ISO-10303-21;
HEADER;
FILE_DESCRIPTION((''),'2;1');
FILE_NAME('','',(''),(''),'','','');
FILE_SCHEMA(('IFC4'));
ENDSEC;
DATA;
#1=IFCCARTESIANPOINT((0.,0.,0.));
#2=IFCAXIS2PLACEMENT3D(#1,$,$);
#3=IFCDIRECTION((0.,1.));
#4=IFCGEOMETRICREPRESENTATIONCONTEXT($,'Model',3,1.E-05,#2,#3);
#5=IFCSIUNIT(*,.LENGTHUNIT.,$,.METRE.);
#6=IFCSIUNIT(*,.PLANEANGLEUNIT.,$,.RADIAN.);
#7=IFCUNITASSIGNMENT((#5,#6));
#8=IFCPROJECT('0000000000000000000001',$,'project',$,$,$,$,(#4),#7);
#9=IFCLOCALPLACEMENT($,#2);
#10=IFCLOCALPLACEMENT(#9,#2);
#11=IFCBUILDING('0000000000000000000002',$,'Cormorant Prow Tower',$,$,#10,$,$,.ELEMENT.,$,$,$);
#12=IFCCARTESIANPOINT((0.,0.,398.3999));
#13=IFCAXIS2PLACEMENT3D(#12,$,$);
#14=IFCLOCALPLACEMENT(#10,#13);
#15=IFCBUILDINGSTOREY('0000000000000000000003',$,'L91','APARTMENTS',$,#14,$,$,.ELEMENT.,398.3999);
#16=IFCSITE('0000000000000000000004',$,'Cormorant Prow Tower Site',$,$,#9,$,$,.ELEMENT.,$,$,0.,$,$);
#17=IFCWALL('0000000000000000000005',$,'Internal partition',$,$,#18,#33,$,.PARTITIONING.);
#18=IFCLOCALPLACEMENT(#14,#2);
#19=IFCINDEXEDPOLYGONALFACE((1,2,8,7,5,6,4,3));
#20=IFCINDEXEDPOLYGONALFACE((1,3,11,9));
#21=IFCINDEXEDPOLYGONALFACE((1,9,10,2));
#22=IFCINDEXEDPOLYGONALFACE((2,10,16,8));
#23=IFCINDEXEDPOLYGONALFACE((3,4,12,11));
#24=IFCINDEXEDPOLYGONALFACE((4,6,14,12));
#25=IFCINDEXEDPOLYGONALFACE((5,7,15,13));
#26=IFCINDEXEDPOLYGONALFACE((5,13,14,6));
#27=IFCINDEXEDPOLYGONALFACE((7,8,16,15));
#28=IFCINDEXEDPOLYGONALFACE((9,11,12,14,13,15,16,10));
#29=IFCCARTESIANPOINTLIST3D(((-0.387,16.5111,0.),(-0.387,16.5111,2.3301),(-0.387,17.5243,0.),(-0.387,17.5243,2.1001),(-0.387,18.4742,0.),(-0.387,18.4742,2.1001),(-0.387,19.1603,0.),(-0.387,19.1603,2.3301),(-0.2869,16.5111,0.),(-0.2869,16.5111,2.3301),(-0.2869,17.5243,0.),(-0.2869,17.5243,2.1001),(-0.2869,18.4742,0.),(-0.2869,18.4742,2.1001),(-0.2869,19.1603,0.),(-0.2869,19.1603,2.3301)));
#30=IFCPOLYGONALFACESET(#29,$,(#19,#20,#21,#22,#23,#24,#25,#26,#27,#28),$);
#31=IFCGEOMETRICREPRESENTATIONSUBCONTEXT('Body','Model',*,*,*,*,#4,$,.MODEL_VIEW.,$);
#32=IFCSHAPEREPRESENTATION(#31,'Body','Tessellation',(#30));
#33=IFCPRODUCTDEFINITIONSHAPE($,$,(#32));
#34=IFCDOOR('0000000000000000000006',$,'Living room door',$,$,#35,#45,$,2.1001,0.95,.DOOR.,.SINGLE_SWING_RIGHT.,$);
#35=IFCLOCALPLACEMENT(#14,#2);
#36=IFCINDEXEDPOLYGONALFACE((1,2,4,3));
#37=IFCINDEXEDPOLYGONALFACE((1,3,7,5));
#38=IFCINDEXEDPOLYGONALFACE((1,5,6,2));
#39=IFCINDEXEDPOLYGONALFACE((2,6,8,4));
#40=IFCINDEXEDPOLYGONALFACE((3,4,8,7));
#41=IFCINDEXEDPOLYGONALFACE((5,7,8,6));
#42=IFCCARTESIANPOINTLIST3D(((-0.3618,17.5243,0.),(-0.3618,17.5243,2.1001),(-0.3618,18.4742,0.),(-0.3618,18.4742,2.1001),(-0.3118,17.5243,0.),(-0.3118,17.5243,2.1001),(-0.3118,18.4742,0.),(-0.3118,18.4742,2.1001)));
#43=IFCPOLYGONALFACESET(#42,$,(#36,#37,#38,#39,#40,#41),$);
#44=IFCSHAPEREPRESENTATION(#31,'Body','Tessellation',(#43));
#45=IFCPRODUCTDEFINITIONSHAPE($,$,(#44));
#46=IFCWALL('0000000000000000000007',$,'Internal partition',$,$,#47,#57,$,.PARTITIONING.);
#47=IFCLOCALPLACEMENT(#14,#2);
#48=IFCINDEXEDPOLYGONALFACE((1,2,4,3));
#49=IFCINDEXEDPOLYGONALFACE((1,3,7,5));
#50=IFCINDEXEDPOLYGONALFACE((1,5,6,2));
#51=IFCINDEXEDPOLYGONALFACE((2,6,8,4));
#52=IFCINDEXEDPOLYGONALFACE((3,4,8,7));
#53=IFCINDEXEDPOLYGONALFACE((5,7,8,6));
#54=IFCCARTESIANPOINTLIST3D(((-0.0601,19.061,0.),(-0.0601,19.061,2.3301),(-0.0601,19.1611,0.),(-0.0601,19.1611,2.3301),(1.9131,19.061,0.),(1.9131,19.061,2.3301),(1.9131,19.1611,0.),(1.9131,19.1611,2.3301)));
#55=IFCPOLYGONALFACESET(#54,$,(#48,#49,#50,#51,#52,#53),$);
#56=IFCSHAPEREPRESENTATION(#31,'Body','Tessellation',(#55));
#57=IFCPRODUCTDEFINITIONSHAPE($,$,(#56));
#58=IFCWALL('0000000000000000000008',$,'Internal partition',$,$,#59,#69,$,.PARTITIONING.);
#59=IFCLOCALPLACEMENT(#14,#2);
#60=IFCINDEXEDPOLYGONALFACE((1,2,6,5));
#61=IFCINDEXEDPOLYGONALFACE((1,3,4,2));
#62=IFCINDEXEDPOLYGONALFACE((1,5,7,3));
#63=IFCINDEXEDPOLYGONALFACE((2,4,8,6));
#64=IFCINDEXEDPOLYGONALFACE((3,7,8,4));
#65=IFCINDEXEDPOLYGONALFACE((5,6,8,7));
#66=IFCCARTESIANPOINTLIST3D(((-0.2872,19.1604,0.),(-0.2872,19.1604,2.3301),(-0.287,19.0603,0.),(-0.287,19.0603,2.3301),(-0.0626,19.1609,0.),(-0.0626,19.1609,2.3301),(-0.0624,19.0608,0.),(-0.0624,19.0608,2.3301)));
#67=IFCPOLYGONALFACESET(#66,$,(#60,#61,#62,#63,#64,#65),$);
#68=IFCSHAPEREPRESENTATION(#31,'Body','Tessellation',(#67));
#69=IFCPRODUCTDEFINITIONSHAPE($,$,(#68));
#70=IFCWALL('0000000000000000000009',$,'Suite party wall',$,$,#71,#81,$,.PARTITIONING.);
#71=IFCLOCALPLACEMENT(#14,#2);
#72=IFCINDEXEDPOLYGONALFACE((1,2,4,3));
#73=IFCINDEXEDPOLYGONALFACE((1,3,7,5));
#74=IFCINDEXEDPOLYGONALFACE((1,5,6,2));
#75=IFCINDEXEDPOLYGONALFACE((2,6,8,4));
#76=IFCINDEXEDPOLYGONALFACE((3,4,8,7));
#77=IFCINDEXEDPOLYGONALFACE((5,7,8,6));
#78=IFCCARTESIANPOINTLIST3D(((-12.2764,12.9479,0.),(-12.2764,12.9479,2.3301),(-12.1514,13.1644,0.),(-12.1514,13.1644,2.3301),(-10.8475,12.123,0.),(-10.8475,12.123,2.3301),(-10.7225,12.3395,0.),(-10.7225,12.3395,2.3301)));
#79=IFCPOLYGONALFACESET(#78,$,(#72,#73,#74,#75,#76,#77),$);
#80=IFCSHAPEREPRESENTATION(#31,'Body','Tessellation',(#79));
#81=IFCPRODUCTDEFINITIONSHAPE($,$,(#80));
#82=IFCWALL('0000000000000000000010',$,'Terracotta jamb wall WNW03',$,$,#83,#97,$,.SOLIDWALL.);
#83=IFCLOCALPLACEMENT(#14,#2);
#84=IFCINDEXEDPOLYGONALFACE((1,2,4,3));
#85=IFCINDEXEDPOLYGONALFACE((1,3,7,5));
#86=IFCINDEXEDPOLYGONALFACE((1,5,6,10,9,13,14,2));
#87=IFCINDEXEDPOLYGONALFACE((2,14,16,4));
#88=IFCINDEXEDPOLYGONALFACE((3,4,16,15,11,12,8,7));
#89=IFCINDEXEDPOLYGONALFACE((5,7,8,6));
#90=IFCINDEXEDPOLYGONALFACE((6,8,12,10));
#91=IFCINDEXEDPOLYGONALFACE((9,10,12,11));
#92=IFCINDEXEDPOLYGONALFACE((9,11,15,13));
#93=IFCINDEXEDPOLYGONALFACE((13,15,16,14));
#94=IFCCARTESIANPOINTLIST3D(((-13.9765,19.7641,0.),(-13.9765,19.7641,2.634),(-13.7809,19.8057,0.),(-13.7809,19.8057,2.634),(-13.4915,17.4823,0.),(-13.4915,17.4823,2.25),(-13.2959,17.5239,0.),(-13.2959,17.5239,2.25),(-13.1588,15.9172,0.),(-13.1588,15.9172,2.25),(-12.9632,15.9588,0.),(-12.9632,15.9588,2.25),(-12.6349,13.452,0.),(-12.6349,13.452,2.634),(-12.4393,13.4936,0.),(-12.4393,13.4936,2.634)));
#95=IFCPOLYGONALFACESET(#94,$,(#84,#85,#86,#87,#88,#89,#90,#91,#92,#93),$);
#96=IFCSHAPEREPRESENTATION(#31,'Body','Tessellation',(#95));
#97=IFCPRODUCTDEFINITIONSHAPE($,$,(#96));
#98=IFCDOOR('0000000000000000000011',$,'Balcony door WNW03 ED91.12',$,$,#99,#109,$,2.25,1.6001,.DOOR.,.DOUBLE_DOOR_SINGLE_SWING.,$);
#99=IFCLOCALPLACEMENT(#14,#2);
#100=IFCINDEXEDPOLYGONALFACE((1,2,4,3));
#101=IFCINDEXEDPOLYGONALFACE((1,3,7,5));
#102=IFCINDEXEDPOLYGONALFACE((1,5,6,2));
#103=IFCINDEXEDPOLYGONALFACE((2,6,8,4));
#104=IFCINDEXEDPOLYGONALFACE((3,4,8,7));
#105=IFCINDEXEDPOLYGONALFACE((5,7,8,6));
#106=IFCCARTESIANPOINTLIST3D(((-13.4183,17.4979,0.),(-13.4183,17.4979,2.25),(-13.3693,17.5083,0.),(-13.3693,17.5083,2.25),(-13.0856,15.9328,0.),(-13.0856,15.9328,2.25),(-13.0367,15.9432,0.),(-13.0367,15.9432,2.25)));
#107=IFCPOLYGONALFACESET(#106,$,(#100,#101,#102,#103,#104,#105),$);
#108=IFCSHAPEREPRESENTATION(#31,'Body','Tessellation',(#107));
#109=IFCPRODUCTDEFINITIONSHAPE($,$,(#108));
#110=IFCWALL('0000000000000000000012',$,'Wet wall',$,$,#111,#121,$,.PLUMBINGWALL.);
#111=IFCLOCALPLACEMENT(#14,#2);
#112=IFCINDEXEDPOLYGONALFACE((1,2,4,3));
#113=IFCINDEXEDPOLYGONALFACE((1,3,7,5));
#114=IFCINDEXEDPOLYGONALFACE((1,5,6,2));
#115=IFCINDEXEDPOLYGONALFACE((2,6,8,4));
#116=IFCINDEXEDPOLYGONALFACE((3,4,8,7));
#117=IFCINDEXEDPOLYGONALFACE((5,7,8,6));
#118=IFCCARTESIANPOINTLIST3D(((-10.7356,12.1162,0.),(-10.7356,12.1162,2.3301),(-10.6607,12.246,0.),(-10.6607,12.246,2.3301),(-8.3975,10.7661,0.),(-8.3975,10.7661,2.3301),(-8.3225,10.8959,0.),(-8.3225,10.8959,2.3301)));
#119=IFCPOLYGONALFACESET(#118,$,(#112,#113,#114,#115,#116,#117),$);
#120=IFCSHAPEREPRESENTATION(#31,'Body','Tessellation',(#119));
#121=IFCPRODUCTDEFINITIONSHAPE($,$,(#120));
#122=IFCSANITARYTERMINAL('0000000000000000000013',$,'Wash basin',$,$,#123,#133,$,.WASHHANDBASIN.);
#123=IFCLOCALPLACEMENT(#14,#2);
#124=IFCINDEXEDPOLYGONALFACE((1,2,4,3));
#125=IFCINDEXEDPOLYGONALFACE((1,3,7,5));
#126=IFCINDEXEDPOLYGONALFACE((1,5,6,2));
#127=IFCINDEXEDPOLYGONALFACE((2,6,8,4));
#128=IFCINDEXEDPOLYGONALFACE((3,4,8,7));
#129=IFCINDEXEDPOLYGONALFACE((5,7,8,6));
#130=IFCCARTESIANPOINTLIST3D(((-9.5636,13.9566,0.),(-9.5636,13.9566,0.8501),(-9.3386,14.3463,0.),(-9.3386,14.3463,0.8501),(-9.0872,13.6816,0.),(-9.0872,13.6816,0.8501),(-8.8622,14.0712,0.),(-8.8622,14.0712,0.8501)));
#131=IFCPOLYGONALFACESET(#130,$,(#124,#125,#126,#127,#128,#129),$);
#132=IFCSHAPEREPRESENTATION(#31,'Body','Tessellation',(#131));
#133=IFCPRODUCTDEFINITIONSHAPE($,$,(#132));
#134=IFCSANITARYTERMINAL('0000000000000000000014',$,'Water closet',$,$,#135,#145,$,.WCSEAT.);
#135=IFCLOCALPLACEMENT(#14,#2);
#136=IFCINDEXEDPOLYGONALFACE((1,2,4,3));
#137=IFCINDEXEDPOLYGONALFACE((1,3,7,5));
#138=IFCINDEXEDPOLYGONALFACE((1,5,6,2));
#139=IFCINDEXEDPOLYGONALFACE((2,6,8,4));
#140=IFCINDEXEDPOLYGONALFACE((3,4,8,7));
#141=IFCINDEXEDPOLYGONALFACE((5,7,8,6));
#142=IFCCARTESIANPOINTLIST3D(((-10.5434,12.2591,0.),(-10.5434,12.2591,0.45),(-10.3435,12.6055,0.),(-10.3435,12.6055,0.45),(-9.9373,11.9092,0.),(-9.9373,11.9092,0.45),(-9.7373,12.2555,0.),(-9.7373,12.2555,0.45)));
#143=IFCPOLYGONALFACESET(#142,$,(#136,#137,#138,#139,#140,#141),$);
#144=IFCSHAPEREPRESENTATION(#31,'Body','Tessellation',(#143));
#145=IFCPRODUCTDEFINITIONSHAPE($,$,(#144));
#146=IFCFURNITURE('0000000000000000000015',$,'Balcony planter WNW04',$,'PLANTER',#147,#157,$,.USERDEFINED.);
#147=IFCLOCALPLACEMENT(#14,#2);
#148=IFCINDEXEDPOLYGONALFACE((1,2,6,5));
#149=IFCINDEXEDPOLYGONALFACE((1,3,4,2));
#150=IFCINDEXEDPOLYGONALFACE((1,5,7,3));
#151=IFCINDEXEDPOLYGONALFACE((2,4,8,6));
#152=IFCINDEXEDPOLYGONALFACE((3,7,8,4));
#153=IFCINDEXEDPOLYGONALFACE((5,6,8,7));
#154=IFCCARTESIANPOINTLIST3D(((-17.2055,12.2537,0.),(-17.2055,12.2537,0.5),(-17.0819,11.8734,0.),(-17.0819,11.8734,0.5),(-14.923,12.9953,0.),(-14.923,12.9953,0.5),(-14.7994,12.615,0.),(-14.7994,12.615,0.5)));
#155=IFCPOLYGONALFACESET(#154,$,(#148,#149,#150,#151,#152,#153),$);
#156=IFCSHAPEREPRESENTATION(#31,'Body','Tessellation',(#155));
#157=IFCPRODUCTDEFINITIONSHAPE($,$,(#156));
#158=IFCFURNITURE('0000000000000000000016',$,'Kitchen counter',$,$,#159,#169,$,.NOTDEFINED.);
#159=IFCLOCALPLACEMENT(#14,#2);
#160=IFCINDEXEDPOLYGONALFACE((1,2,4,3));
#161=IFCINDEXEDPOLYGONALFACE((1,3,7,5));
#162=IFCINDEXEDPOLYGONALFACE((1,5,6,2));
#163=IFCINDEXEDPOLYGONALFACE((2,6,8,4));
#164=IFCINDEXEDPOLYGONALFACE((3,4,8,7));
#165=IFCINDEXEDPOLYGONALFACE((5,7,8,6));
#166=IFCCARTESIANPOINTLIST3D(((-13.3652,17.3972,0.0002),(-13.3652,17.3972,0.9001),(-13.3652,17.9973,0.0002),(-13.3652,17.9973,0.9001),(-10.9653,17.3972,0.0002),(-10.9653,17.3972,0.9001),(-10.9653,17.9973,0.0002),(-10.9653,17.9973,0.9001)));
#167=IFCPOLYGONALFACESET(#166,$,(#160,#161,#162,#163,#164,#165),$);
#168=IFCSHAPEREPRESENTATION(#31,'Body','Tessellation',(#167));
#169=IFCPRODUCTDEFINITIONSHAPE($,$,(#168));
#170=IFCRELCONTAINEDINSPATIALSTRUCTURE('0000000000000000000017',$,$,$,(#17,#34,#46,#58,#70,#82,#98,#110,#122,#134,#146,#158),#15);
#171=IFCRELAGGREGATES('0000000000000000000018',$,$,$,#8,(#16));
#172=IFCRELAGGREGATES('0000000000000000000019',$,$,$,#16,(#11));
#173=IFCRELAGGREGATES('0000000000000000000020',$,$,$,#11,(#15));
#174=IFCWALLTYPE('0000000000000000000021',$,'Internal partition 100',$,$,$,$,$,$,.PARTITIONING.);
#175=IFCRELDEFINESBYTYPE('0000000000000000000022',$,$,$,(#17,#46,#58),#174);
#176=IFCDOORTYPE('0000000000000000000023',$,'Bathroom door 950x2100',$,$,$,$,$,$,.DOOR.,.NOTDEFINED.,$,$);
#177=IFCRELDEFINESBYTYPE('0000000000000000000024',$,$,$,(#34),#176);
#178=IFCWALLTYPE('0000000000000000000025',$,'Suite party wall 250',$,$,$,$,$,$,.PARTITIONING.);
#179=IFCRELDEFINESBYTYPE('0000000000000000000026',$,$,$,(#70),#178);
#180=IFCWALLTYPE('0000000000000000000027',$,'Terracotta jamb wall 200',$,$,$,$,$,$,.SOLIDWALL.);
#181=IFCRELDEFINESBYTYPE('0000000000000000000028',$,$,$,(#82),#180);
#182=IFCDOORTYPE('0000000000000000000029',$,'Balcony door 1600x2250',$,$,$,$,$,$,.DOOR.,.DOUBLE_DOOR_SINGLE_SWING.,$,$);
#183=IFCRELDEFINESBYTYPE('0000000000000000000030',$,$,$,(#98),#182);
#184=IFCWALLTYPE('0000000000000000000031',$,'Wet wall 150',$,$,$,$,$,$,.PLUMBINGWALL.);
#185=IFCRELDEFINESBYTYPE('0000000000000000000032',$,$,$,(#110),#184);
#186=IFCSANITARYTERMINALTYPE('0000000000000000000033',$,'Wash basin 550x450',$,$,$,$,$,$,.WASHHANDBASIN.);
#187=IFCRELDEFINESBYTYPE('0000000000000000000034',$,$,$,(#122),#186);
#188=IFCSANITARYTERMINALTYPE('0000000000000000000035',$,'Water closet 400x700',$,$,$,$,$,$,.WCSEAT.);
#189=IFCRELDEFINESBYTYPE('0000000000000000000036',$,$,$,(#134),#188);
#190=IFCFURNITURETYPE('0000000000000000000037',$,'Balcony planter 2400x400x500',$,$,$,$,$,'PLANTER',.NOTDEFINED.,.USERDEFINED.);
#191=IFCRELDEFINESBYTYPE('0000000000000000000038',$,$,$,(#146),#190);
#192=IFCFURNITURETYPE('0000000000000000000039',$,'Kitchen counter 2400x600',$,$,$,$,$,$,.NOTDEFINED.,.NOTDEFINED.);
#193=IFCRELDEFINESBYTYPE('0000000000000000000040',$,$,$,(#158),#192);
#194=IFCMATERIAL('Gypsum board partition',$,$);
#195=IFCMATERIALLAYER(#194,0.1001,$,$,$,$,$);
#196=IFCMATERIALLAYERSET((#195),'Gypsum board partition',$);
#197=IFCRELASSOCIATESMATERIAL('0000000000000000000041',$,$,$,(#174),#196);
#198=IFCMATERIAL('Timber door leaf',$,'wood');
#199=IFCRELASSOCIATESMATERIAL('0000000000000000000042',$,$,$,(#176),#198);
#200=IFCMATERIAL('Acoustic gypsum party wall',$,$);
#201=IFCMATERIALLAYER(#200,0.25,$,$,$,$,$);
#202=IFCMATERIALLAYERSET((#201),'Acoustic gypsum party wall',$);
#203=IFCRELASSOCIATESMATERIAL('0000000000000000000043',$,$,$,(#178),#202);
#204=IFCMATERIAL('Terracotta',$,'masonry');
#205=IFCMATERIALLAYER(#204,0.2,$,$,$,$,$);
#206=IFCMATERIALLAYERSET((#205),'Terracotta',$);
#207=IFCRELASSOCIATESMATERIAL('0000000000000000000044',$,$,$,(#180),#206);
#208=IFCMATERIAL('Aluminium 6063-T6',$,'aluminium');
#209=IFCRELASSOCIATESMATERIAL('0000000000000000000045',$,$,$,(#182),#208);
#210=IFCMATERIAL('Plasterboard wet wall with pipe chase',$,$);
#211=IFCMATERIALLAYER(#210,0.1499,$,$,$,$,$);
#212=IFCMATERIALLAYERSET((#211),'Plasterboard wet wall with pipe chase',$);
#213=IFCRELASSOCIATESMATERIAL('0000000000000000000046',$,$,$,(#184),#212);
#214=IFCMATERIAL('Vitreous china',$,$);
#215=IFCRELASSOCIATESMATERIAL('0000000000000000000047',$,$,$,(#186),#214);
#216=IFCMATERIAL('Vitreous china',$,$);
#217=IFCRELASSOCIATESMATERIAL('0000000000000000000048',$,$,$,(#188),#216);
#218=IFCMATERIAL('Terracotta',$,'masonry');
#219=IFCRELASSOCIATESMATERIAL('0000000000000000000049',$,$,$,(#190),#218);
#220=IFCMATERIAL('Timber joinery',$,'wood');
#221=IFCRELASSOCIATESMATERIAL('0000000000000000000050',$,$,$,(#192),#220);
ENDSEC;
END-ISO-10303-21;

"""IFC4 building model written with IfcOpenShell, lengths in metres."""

from ifc_helpers import new_model, si_unit, direction, frame, frame_2d, origin, origin_2d, place, context, subcontext, project, spatial, rectangle, extrude, material, layer, layer_set, type_object, element, fill, save


model = new_model("IFC4")

# Units and contexts
model_context = context("Model", 3, precision=1e-05, world=origin(), true_north=direction((0.0, 1.0)))
body_context = subcontext(model_context, "Body", "Model", "MODEL_VIEW")
ifc_project = project(units=[si_unit("LENGTHUNIT", "METRE"), si_unit("PLANEANGLEUNIT", "RADIAN")], contexts=[model_context])

# Site, building, storey
site_placement = place(None, origin())
site = spatial("IfcSite", under=ifc_project, at=site_placement, Name="Cormorant Prow Tower Site", CompositionType="ELEMENT", RefElevation=0.0)
building_placement = place(site_placement, origin())
building = spatial("IfcBuilding", under=site, at=building_placement, Name="Cormorant Prow Tower", CompositionType="ELEMENT")
storey_placement = place(building_placement, frame((0.0, 0.0, 398.3999)))
storey = spatial("IfcBuildingStorey", under=building, at=storey_placement, Name="L91", Description="APARTMENTS", CompositionType="ELEMENT", Elevation=398.3999)

# Shared definitions
ifc_material_1 = material(Name="Gypsum board partition")
ifc_layer_1 = layer(ifc_material_1, 0.1001)
ifc_layer_set_1 = layer_set([ifc_layer_1], Name="Gypsum board partition")
wall_type_1 = type_object("IfcWallType", Name="Internal partition 100", PredefinedType="PARTITIONING", material=ifc_layer_set_1)
ifc_material_2 = material(Name="Timber door leaf", Category="wood")
door_type_1 = type_object("IfcDoorType", Name="Bathroom door 950x2100", OperationType="NOTDEFINED", PredefinedType="DOOR", material=ifc_material_2)

# Wall, opening, door
wall_1_placement = place(storey_placement, frame((-0.3369, 16.511, 0.0), z_axis=(0.0, 0.0, 1.0), x_axis=(0.0, 1.0, 0.0)))
wall_1 = element("IfcWall", 1, at=wall_1_placement, inside=storey, type_object=wall_type_1, Name="Internal partition", PredefinedType="PARTITIONING", context=body_context, shape_type="SweptSolid", body=[
    extrude(rectangle(XDim=2.6492, YDim=0.1001, at=frame_2d((1.3247, 0.0))), origin(), (0.0, 0.0, 1.0), 2.3301),
])
opening_1_placement = place(wall_1_placement, frame((1.0132, 0.0, 0.0)))
opening_1 = element("IfcOpeningElement", 2, at=opening_1_placement, cuts=wall_1, PredefinedType="OPENING", context=body_context, shape_type="SweptSolid", body=[
    extrude(rectangle(XDim=0.95, YDim=2.1001, at=frame_2d((0.4751, 1.05))), frame((0.0, 0.0601, 0.0), z_axis=(0.0, -1.0, 0.0), x_axis=(1.0, 0.0, 0.0)), (0.0, 0.0, 1.0), 0.1201),
])
door_1_placement = place(opening_1_placement, origin())
door_1 = element("IfcDoor", 3, at=door_1_placement, inside=storey, type_object=door_type_1, Name="Living room door", OperationType="SINGLE_SWING_RIGHT", OverallHeight=2.1001, OverallWidth=0.95, PredefinedType="DOOR", context=body_context, shape_type="SweptSolid", body=[
    extrude(rectangle(XDim=0.95, YDim=2.1001, at=frame_2d((0.4751, 1.05))), frame((0.0, 0.0249, 0.0), z_axis=(0.0, -1.0, 0.0), x_axis=(1.0, 0.0, 0.0)), (0.0, 0.0, 1.0), 0.05),
])
fill(opening_1, door_1)

# Walls
wall_2_placement = place(storey_placement, frame((-0.0601, 19.1111, 0.0), z_axis=(0.0, 0.0, 1.0), x_axis=(1.0, 0.0, 0.0)))
element("IfcWall", 4, at=wall_2_placement, inside=storey, type_object=wall_type_1, Name="Internal partition", PredefinedType="PARTITIONING", context=body_context, shape_type="SweptSolid", body=[
    extrude(rectangle(XDim=1.9731, YDim=0.1001, at=frame_2d((0.9866, 0.0))), origin(), (0.0, 0.0, 1.0), 2.3301),
])
wall_3_placement = place(storey_placement, frame((-0.2871, 19.1104, 0.0), z_axis=(0.0, 0.0, 1.0), x_axis=(0.999998, 0.002174, 0.0)))
element("IfcWall", 5, at=wall_3_placement, inside=storey, type_object=wall_type_1, Name="Internal partition", PredefinedType="PARTITIONING", context=body_context, shape_type="SweptSolid", body=[
    extrude(rectangle(XDim=0.2246, YDim=0.1001, at=frame_2d((0.1123, 0.0))), origin(), (0.0, 0.0, 1.0), 2.3301),
])
ifc_material_3 = material(Name="Acoustic gypsum party wall")
ifc_layer_2 = layer(ifc_material_3, 0.25)
ifc_layer_set_2 = layer_set([ifc_layer_2], Name="Acoustic gypsum party wall")
wall_type_2 = type_object("IfcWallType", Name="Suite party wall 250", PredefinedType="PARTITIONING", material=ifc_layer_set_2)
wall_4_placement = place(storey_placement, frame((-12.2139, 13.0562, 0.0), z_axis=(0.0, 0.0, 1.0), x_axis=(0.86604, -0.499974, 0.0)))
element("IfcWall", 6, at=wall_4_placement, inside=storey, type_object=wall_type_2, Name="Suite party wall", PredefinedType="PARTITIONING", context=body_context, shape_type="SweptSolid", body=[
    extrude(rectangle(XDim=1.6499, YDim=0.25, at=frame_2d((0.825, 0.0))), origin(), (0.0, 0.0, 1.0), 2.3301),
])

# Wall, opening, door
ifc_material_4 = material(Name="Terracotta", Category="masonry")
ifc_layer_3 = layer(ifc_material_4, 0.2)
ifc_layer_set_3 = layer_set([ifc_layer_3], Name="Terracotta")
wall_type_3 = type_object("IfcWallType", Name="Terracotta jamb wall 200", PredefinedType="SOLIDWALL", material=ifc_layer_set_3)
wall_5_placement = place(storey_placement, frame((-13.8787, 19.7849, 0.0), z_axis=(0.0, 0.0, 1.0), x_axis=(0.207896, -0.978151, 0.0)))
wall_5 = element("IfcWall", 7, at=wall_5_placement, inside=storey, type_object=wall_type_3, Name="Terracotta jamb wall WNW03", PredefinedType="SOLIDWALL", context=body_context, shape_type="SweptSolid", body=[
    extrude(rectangle(XDim=6.4531, YDim=0.2, at=frame_2d((3.2266, 0.0))), origin(), (0.0, 0.0, 1.0), 2.634),
])
opening_2_placement = place(wall_5_placement, frame((2.3328, 0.0, 0.0)))
opening_2 = element("IfcOpeningElement", 8, at=opening_2_placement, cuts=wall_5, PredefinedType="OPENING", context=body_context, shape_type="SweptSolid", body=[
    extrude(rectangle(XDim=1.6001, YDim=2.25, at=frame_2d((0.8, 1.125))), frame((0.0, 0.1099, 0.0), z_axis=(0.0, -1.0, 0.0), x_axis=(1.0, 0.0, 0.0)), (0.0, 0.0, 1.0), 0.22),
])
ifc_material_5 = material(Name="Aluminium 6063-T6", Category="aluminium")
door_type_2 = type_object("IfcDoorType", Name="Balcony door 1600x2250", OperationType="DOUBLE_DOOR_SINGLE_SWING", PredefinedType="DOOR", material=ifc_material_5)
door_2_placement = place(opening_2_placement, origin())
door_2 = element("IfcDoor", 9, at=door_2_placement, inside=storey, type_object=door_type_2, Name="Balcony door WNW03 ED91.12", OperationType="DOUBLE_DOOR_SINGLE_SWING", OverallHeight=2.25, OverallWidth=1.6001, PredefinedType="DOOR", context=body_context, shape_type="SweptSolid", body=[
    extrude(rectangle(XDim=1.6001, YDim=2.25, at=frame_2d((0.8, 1.125))), frame((0.0, 0.0249, 0.0), z_axis=(0.0, -1.0, 0.0), x_axis=(1.0, 0.0, 0.0)), (0.0, 0.0, 1.0), 0.05),
])
fill(opening_2, door_2)

# Wall
ifc_material_6 = material(Name="Plasterboard wet wall with pipe chase")
ifc_layer_4 = layer(ifc_material_6, 0.1499)
ifc_layer_set_4 = layer_set([ifc_layer_4], Name="Plasterboard wet wall with pipe chase")
wall_type_4 = type_object("IfcWallType", Name="Wet wall 150", PredefinedType="PLUMBINGWALL", material=ifc_layer_set_4)
wall_6_placement = place(storey_placement, frame((-10.6982, 12.1812, 0.0), z_axis=(0.0, 0.0, 1.0), x_axis=(0.865997, -0.500049, 0.0)))
element("IfcWall", 10, at=wall_6_placement, inside=storey, type_object=wall_type_4, Name="Wet wall", PredefinedType="PLUMBINGWALL", context=body_context, shape_type="SweptSolid", body=[
    extrude(rectangle(XDim=2.7, YDim=0.1499, at=frame_2d((1.3501, 0.0))), origin(), (0.0, 0.0, 1.0), 2.3301),
])

# Sanitary terminals
ifc_material_7 = material(Name="Vitreous china")
sanitary_terminal_type_1 = type_object("IfcSanitaryTerminalType", Name="Wash basin 550x450", PredefinedType="WASHHANDBASIN", material=ifc_material_7)
sanitary_terminal_1_placement = place(storey_placement, frame((-9.2129, 14.0139, 0.0), z_axis=(0.0, 0.0, 1.0), x_axis=(0.866025, -0.5, 0.0)))
element("IfcSanitaryTerminal", 11, at=sanitary_terminal_1_placement, inside=storey, type_object=sanitary_terminal_type_1, Name="Wash basin", PredefinedType="WASHHANDBASIN", context=body_context, shape_type="SweptSolid", body=[
    extrude(rectangle(XDim=0.55, YDim=0.45, at=origin_2d()), origin(), (0.0, 0.0, 1.0), 0.8501),
])
ifc_material_8 = material(Name="Vitreous china")
sanitary_terminal_type_2 = type_object("IfcSanitaryTerminalType", Name="Water closet 400x700", PredefinedType="WCSEAT", material=ifc_material_8)
sanitary_terminal_2_placement = place(storey_placement, frame((-10.1404, 12.2573, 0.0), z_axis=(0.0, 0.0, 1.0), x_axis=(0.5, 0.866025, 0.0)))
element("IfcSanitaryTerminal", 12, at=sanitary_terminal_2_placement, inside=storey, type_object=sanitary_terminal_type_2, Name="Water closet", PredefinedType="WCSEAT", context=body_context, shape_type="SweptSolid", body=[
    extrude(rectangle(XDim=0.3999, YDim=0.7, at=origin_2d()), origin(), (0.0, 0.0, 1.0), 0.45),
])

# Furniture
ifc_material_9 = material(Name="Terracotta", Category="masonry")
furniture_type_1 = type_object("IfcFurnitureType", Name="Balcony planter 2400x400x500", ElementType="PLANTER", AssemblyPlace="NOTDEFINED", PredefinedType="USERDEFINED", material=ifc_material_9)
furniture_1_placement = place(storey_placement, frame((-16.0024, 12.4343, 0.0), z_axis=(0.0, 0.0, 1.0), x_axis=(-0.951056, -0.309017, 0.0)))
element("IfcFurniture", 13, at=furniture_1_placement, inside=storey, type_object=furniture_type_1, Name="Balcony planter WNW04", ObjectType="PLANTER", PredefinedType="USERDEFINED", context=body_context, shape_type="SweptSolid", body=[
    extrude(rectangle(XDim=2.3999, YDim=0.3999, at=origin_2d()), origin(), (0.0, 0.0, 1.0), 0.5),
])
ifc_material_10 = material(Name="Timber joinery", Category="wood")
furniture_type_2 = type_object("IfcFurnitureType", Name="Kitchen counter 2400x600", AssemblyPlace="NOTDEFINED", PredefinedType="NOTDEFINED", material=ifc_material_10)
furniture_2_placement = place(storey_placement, frame((-12.1653, 17.6973, 0.0002), z_axis=(0.0, 0.0, 1.0), x_axis=(1.0, 0.0, 0.0)))
element("IfcFurniture", 14, at=furniture_2_placement, inside=storey, type_object=furniture_type_2, Name="Kitchen counter", PredefinedType="NOTDEFINED", context=body_context, shape_type="SweptSolid", body=[
    extrude(rectangle(XDim=2.3999, YDim=0.6001, at=origin_2d()), origin(), (0.0, 0.0, 1.0), 0.8999),
])

save(model, "model.ifc")
